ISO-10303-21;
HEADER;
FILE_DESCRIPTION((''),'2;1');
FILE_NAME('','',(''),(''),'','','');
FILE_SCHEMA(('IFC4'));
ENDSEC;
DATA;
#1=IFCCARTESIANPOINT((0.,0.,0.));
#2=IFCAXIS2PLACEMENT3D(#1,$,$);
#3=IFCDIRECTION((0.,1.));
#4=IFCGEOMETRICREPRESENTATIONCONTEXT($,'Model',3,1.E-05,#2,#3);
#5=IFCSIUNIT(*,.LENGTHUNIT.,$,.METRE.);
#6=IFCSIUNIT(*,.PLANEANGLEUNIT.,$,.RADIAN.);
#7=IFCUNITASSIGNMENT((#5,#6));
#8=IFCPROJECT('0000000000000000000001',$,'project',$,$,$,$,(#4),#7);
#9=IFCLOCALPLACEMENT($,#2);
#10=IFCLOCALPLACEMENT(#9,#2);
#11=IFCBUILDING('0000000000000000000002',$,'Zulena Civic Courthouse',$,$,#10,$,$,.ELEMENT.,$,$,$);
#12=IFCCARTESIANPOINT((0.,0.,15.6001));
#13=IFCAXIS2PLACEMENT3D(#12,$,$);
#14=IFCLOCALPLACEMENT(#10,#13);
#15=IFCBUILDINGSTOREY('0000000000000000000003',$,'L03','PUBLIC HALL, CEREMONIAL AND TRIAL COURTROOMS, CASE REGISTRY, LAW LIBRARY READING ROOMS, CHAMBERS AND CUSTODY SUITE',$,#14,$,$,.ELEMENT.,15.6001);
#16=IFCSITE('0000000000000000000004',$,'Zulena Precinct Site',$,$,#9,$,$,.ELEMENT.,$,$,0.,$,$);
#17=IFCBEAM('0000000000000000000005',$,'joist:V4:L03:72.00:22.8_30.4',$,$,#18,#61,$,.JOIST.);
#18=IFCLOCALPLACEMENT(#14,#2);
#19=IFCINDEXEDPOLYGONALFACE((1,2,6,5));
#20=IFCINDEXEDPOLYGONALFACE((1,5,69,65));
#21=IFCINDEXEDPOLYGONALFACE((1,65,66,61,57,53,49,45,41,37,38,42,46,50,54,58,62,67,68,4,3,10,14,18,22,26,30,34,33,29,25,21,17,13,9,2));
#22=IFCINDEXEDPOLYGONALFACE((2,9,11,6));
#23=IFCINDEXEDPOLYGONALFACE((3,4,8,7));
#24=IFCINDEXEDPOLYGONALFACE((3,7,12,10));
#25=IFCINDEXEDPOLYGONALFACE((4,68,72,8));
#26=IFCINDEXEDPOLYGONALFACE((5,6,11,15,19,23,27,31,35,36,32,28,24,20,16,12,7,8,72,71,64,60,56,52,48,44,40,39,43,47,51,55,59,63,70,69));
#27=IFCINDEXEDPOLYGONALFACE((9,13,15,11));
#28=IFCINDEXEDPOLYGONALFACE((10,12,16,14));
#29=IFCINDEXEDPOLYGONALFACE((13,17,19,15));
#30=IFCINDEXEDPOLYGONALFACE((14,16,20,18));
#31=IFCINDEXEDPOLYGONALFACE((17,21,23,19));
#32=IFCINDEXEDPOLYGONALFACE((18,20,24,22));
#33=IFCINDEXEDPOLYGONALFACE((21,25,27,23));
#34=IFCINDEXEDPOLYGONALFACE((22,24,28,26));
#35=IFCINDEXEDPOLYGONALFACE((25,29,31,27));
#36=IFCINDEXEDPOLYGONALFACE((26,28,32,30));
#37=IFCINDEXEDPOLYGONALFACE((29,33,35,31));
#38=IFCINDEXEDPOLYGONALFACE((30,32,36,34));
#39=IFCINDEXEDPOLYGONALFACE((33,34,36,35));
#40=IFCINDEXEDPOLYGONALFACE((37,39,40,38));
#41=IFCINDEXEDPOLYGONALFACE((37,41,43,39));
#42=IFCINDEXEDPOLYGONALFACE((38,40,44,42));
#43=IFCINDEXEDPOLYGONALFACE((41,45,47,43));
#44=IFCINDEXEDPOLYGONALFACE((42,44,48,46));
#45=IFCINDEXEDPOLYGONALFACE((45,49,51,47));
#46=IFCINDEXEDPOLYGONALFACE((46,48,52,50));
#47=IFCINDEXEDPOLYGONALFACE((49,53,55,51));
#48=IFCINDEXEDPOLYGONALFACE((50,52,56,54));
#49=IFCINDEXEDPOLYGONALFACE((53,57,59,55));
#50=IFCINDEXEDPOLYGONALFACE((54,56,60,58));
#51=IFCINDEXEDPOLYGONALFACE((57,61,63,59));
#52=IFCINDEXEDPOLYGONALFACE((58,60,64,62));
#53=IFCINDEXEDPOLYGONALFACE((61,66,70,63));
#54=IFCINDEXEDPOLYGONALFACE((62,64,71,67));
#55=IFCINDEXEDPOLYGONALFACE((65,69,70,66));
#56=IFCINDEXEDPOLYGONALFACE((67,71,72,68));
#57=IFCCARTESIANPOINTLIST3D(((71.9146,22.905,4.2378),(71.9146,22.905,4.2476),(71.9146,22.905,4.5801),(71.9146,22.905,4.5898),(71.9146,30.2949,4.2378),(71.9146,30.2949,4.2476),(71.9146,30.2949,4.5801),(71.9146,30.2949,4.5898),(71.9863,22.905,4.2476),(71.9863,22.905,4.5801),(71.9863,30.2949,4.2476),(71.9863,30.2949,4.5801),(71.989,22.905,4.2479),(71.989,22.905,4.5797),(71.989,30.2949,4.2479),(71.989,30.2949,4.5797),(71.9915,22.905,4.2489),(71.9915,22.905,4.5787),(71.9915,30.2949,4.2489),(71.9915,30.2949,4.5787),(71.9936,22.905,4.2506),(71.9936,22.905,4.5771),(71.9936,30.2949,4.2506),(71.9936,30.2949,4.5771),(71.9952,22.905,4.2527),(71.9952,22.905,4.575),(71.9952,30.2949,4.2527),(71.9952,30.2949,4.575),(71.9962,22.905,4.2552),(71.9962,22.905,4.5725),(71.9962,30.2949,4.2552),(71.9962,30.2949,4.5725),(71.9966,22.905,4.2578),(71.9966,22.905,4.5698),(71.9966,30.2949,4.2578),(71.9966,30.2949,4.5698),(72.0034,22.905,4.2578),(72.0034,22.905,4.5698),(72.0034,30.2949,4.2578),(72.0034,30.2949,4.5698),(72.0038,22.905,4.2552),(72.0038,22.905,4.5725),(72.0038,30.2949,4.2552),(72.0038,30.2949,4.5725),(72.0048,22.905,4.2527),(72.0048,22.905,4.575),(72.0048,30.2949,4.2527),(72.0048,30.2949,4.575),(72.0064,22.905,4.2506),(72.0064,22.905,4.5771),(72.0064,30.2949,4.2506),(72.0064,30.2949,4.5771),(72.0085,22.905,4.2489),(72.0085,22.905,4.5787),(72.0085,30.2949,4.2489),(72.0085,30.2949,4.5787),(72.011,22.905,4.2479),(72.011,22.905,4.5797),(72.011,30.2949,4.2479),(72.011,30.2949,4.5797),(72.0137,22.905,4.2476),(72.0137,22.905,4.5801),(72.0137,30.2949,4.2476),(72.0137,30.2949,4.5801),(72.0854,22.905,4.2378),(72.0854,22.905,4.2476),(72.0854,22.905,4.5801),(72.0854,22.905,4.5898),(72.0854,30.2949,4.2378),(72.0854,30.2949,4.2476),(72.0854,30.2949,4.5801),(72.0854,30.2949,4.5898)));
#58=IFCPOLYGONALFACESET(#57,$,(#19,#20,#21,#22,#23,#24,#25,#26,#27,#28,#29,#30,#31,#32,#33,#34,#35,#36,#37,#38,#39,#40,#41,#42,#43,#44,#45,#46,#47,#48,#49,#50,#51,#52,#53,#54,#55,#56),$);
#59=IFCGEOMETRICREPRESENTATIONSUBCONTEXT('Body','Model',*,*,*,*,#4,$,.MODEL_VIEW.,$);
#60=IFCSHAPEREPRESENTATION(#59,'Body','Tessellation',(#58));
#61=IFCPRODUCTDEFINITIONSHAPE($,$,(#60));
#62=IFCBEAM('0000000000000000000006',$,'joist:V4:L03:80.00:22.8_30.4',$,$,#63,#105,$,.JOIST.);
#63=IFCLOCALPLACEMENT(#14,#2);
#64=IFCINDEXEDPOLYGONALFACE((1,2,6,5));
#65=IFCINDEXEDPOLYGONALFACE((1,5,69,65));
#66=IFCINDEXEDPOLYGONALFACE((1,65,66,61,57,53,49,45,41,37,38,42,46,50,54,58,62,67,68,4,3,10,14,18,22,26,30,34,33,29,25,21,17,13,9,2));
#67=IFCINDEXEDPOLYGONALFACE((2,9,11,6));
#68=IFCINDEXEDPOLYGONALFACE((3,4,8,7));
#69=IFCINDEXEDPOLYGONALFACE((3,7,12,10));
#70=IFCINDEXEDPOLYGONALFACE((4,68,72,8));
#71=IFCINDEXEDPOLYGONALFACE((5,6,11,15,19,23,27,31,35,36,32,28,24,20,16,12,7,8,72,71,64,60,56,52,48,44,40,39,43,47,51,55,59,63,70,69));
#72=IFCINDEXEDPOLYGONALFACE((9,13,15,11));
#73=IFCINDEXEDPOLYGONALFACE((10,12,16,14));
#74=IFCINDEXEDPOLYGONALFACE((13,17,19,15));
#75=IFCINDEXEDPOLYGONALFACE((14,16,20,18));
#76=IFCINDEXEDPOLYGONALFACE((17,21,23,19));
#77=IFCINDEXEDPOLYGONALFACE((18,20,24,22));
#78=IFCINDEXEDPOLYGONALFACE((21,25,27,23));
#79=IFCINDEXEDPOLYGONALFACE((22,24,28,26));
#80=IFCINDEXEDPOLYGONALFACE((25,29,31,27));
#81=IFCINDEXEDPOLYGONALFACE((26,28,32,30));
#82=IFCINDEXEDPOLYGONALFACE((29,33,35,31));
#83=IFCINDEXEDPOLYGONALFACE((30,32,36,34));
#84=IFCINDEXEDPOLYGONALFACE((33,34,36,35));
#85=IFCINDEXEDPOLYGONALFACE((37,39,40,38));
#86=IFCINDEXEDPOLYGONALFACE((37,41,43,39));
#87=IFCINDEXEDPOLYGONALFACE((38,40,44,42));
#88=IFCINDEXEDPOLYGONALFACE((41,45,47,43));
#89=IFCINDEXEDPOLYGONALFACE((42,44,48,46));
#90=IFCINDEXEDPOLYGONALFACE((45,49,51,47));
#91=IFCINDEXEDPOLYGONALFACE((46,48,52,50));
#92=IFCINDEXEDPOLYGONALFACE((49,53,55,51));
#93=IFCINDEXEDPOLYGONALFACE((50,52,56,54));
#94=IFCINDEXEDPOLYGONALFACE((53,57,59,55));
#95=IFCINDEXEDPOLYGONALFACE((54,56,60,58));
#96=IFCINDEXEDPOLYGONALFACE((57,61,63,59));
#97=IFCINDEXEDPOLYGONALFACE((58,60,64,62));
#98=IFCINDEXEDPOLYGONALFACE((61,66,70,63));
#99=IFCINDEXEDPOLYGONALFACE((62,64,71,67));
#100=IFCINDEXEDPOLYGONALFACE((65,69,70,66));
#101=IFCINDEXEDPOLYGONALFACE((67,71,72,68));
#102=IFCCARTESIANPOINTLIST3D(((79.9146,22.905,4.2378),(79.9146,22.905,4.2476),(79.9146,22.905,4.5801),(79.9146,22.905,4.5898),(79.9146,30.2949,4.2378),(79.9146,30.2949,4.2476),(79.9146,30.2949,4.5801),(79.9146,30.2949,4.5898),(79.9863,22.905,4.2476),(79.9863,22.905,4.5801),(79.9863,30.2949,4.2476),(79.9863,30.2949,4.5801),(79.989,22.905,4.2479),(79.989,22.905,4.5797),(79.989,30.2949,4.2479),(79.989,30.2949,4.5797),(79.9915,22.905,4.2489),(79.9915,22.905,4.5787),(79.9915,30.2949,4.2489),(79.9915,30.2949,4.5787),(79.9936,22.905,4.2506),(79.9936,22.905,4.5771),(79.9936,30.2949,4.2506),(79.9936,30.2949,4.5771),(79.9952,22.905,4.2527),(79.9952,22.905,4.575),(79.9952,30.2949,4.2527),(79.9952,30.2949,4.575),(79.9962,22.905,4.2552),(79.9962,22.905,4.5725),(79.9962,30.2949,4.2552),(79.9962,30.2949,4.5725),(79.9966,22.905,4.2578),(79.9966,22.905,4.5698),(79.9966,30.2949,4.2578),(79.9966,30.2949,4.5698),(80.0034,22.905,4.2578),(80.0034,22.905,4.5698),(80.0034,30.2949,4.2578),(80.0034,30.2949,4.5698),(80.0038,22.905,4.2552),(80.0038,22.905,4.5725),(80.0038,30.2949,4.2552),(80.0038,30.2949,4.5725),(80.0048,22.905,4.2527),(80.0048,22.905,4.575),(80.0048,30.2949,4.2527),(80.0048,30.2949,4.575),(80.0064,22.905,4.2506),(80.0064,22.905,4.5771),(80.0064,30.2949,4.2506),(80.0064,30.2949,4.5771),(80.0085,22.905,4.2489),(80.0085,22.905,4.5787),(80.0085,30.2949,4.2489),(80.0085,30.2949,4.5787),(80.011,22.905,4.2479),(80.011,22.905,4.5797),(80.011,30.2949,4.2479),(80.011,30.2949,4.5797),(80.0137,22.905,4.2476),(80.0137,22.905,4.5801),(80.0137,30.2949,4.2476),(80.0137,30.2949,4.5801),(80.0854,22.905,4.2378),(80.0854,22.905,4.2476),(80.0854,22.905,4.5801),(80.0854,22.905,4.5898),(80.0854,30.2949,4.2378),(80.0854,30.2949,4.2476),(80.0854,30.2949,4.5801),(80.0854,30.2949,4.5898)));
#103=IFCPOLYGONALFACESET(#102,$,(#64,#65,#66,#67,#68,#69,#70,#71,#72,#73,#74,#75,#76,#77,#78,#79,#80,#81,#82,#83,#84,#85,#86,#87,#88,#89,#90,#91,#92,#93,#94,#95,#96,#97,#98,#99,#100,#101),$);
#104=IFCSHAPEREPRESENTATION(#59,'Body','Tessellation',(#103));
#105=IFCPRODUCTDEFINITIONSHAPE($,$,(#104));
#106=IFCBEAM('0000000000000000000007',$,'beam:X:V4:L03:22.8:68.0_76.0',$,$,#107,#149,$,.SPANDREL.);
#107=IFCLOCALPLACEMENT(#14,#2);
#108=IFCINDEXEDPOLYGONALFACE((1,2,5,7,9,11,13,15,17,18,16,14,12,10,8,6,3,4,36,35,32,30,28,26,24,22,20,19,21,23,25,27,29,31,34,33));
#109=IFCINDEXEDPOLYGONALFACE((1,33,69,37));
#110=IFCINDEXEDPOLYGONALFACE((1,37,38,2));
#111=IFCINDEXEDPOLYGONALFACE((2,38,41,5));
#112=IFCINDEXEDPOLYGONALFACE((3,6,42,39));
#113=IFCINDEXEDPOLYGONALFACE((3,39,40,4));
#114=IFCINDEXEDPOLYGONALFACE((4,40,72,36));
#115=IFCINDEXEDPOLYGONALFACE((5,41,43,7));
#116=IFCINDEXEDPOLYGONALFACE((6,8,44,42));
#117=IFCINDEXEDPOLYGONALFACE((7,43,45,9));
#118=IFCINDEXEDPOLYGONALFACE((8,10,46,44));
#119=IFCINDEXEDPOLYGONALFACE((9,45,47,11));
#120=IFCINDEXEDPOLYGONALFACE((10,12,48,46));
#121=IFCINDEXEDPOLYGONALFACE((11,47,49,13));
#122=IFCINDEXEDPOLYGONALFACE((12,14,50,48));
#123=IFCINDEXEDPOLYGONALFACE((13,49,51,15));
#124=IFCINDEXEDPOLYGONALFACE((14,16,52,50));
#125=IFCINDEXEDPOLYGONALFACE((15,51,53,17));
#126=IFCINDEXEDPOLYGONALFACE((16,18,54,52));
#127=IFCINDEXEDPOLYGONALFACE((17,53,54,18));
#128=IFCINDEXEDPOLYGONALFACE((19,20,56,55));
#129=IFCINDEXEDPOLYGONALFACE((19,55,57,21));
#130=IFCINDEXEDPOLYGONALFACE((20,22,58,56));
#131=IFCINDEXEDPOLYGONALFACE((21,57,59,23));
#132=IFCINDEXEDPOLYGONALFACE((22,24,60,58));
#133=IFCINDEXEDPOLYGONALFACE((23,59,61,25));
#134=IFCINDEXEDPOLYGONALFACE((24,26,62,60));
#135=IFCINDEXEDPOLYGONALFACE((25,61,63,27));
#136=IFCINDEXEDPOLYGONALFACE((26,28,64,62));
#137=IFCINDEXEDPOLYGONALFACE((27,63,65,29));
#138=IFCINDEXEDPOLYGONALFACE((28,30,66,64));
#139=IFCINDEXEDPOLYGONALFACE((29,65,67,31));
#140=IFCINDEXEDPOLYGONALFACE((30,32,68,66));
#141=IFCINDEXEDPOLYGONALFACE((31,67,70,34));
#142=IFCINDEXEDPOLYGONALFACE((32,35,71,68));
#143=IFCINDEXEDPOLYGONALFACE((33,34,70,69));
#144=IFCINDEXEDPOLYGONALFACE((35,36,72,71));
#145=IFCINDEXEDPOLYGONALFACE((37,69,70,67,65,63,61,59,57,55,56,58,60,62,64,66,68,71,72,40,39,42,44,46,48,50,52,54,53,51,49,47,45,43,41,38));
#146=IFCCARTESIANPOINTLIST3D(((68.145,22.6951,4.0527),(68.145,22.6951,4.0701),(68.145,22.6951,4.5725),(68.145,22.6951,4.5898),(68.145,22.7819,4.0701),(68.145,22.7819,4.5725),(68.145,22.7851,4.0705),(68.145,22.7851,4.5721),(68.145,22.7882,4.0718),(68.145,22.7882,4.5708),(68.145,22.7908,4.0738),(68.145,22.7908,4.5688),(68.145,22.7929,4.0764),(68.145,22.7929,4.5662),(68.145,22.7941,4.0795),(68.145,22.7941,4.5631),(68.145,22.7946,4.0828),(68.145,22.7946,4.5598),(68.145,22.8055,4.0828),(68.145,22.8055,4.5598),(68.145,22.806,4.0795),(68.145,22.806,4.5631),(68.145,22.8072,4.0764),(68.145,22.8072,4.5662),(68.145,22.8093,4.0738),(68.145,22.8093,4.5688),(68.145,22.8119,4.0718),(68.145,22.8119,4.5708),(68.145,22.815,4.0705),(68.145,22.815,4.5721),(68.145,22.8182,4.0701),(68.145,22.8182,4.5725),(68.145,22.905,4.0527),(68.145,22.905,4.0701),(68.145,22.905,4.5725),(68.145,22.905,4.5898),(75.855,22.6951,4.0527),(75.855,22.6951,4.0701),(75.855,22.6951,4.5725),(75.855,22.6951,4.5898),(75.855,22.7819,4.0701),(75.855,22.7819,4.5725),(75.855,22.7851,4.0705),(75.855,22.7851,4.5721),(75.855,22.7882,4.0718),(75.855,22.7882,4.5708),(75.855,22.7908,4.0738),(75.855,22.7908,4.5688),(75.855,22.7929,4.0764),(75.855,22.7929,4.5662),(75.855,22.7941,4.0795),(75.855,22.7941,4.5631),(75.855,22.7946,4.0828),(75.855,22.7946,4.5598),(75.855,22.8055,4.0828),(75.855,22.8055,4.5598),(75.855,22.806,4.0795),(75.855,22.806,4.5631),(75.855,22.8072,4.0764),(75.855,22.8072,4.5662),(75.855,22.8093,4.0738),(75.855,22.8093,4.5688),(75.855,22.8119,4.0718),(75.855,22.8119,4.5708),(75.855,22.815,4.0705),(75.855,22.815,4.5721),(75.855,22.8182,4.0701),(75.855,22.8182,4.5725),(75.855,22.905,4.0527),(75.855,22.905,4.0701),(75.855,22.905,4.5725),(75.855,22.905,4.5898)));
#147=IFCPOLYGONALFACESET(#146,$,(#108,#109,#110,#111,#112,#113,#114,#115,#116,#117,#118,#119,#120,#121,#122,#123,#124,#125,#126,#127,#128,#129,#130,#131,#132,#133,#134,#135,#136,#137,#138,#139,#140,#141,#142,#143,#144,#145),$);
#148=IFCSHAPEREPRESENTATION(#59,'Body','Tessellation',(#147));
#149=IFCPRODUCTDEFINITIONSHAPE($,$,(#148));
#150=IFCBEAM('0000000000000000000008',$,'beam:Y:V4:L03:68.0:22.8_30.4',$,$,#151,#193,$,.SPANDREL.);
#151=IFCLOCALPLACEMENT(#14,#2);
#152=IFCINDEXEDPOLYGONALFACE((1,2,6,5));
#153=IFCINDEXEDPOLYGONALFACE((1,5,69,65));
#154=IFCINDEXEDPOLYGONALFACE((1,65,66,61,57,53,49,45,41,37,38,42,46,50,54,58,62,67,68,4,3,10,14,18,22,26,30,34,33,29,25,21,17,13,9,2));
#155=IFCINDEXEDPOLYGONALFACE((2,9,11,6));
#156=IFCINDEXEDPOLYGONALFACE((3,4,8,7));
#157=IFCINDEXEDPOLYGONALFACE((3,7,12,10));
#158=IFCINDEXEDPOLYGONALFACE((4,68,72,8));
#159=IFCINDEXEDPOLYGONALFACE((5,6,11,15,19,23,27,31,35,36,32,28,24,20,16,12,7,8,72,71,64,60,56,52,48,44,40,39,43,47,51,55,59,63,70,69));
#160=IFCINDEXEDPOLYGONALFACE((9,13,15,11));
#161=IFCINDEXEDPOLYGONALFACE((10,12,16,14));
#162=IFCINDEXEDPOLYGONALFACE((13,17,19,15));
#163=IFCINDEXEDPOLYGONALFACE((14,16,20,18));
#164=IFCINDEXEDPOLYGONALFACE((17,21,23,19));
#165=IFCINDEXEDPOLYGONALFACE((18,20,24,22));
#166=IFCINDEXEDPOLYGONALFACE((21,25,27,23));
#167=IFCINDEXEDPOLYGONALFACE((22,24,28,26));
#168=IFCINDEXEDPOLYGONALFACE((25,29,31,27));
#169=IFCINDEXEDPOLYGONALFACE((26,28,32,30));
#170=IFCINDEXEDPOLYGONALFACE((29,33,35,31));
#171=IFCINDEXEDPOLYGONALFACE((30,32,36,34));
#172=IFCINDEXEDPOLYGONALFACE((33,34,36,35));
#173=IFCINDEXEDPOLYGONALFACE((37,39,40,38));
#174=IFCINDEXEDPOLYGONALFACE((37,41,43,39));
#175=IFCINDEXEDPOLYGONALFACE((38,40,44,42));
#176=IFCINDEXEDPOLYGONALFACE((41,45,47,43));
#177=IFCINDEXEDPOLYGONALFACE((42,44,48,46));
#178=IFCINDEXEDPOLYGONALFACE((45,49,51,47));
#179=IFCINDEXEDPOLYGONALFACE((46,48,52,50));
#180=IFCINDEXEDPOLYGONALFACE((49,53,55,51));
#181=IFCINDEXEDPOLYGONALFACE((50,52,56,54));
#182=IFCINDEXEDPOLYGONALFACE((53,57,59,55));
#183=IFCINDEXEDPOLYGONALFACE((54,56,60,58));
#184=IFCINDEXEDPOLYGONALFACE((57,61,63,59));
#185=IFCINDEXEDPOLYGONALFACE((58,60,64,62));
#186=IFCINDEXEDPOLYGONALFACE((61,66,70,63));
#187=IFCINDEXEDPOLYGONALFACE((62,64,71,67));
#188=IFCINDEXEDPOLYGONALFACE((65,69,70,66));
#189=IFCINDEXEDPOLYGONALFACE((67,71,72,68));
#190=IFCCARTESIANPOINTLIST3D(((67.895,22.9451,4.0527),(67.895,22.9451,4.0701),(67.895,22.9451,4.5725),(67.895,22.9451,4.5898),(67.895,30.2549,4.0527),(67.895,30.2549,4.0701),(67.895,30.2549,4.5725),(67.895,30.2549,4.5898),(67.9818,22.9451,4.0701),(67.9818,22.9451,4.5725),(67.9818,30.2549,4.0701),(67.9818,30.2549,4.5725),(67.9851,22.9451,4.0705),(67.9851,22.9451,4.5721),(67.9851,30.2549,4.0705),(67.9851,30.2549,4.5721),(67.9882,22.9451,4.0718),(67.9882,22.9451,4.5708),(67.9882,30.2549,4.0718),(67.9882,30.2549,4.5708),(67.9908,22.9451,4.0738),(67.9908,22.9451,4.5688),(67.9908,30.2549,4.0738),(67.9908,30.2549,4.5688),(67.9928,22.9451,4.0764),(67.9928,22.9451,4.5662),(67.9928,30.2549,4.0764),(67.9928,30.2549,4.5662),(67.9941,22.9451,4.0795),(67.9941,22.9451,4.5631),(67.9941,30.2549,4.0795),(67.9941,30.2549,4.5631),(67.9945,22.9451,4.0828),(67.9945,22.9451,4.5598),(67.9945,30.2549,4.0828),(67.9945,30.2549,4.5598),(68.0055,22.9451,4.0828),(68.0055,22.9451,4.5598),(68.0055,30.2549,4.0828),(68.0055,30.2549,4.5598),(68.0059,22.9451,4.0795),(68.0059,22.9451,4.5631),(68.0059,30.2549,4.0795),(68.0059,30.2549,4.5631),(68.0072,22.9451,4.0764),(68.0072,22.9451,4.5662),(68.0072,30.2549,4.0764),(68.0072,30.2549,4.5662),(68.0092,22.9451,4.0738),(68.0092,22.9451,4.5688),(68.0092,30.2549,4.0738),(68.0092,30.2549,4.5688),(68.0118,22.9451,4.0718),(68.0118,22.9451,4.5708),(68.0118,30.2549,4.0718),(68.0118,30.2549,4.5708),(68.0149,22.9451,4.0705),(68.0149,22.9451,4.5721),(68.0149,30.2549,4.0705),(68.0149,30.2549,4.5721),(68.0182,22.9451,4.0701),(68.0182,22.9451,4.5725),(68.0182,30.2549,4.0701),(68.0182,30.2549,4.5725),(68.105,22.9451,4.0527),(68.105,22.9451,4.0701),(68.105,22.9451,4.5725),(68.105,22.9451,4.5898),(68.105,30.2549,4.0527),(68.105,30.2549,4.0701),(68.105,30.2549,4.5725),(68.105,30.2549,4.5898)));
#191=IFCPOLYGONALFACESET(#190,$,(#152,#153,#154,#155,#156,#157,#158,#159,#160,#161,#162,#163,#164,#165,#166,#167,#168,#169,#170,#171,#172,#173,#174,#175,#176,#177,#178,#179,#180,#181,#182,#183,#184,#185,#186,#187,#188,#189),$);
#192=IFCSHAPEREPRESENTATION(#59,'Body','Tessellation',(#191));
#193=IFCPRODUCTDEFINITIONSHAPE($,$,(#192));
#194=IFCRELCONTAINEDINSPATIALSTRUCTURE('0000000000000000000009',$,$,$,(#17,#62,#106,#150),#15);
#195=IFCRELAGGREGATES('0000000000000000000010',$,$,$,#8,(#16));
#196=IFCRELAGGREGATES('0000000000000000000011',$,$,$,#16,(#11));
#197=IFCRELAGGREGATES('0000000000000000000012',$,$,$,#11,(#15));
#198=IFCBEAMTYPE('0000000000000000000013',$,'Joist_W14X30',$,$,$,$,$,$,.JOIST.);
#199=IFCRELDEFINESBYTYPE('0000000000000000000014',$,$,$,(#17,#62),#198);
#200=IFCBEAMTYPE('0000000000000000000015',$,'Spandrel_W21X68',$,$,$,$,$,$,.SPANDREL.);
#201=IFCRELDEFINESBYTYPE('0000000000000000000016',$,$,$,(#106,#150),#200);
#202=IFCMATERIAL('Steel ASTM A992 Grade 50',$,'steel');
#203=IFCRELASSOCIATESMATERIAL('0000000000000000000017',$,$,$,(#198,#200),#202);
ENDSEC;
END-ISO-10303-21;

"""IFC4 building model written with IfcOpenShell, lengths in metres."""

from ifc_helpers import new_model, si_unit, direction, frame, origin, origin_2d, place, context, subcontext, project, spatial, i_section, extrude, material, material_profile, profile_set, type_object, element, save


model = new_model("IFC4")

# Units and contexts
model_context = context("Model", 3, precision=1e-05, world=origin(), true_north=direction((0.0, 1.0)))
body_context = subcontext(model_context, "Body", "Model", "MODEL_VIEW")
ifc_project = project(units=[si_unit("LENGTHUNIT", "METRE"), si_unit("PLANEANGLEUNIT", "RADIAN")], contexts=[model_context])

# Site, building, storey
site_placement = place(None, origin())
site = spatial("IfcSite", under=ifc_project, at=site_placement, Name="Zulena Precinct Site", CompositionType="ELEMENT", RefElevation=0.0)
building_placement = place(site_placement, origin())
building = spatial("IfcBuilding", under=site, at=building_placement, Name="Zulena Civic Courthouse", CompositionType="ELEMENT")
storey_placement = place(building_placement, frame((0.0, 0.0, 15.6001)))
storey = spatial("IfcBuildingStorey", under=building, at=storey_placement, Name="L03", Description="PUBLIC HALL, CEREMONIAL AND TRIAL COURTROOMS, CASE REGISTRY, LAW LIBRARY READING ROOMS, CHAMBERS AND CUSTODY SUITE", CompositionType="ELEMENT", Elevation=15.6001)

# Shared definitions
ifc_material_1 = material(Name="Steel ASTM A992 Grade 50", Category="steel")

# Beams
ifc_material_profile_1 = material_profile(ifc_material_1, i_section(OverallWidth=0.1709, OverallDepth=0.3521, WebThickness=0.0068, FlangeThickness=0.0098, FilletRadius=0.0103, at=origin_2d()), Name="W14X30")
ifc_profile_set_1 = profile_set([ifc_material_profile_1], Name="Steel ASTM A992 Grade 50")
beam_type_1 = type_object("IfcBeamType", Name="Joist_W14X30", PredefinedType="JOIST", material=ifc_profile_set_1)
for number, where, z_axis, x_axis, name in (
    (1, (72.0, 22.905, 4.4138), (0.0, 1.0, 0.0), (-1.0, 0.0, 0.0), "joist:V4:L03:72.00:22.8_30.4"),
    (2, (80.0, 22.905, 4.4138), (0.0, 1.0, 0.0), (-1.0, 0.0, 0.0), "joist:V4:L03:80.00:22.8_30.4"),
):
    element("IfcBeam", number, at=place(storey_placement, frame(where, z_axis=z_axis, x_axis=x_axis)), inside=storey, type_object=beam_type_1, Name=name, PredefinedType="JOIST", context=body_context, shape_type="SweptSolid", body=[
        extrude(i_section(OverallWidth=0.1709, OverallDepth=0.3521, WebThickness=0.0068, FlangeThickness=0.0098, FilletRadius=0.0103, at=origin_2d()), origin(), (0.0, 0.0, 1.0), 7.3899),
    ])
ifc_material_profile_2 = material_profile(ifc_material_1, i_section(OverallWidth=0.21, OverallDepth=0.5371, WebThickness=0.011, FlangeThickness=0.0173, FilletRadius=0.0127, at=origin_2d()), Name="W21X68")
ifc_profile_set_2 = profile_set([ifc_material_profile_2], Name="Steel ASTM A992 Grade 50")
beam_type_2 = type_object("IfcBeamType", Name="Spandrel_W21X68", PredefinedType="SPANDREL", material=ifc_profile_set_2)
beam_1_placement = place(storey_placement, frame((68.145, 22.8, 4.3213), z_axis=(1.0, 0.0, 0.0), x_axis=(0.0, 1.0, 0.0)))
element("IfcBeam", 3, at=beam_1_placement, inside=storey, type_object=beam_type_2, Name="beam:X:V4:L03:22.8:68.0_76.0", PredefinedType="SPANDREL", context=body_context, shape_type="SweptSolid", body=[
    extrude(i_section(OverallWidth=0.21, OverallDepth=0.5371, WebThickness=0.011, FlangeThickness=0.0173, FilletRadius=0.0127, at=origin_2d()), origin(), (0.0, 0.0, 1.0), 7.71),
])
beam_2_placement = place(storey_placement, frame((68.0, 22.9451, 4.3213), z_axis=(0.0, 1.0, 0.0), x_axis=(-1.0, 0.0, 0.0)))
element("IfcBeam", 4, at=beam_2_placement, inside=storey, type_object=beam_type_2, Name="beam:Y:V4:L03:68.0:22.8_30.4", PredefinedType="SPANDREL", context=body_context, shape_type="SweptSolid", body=[
    extrude(i_section(OverallWidth=0.21, OverallDepth=0.5371, WebThickness=0.011, FlangeThickness=0.0173, FilletRadius=0.0127, at=origin_2d()), origin(), (0.0, 0.0, 1.0), 7.3098),
])

save(model, "model.ifc")
